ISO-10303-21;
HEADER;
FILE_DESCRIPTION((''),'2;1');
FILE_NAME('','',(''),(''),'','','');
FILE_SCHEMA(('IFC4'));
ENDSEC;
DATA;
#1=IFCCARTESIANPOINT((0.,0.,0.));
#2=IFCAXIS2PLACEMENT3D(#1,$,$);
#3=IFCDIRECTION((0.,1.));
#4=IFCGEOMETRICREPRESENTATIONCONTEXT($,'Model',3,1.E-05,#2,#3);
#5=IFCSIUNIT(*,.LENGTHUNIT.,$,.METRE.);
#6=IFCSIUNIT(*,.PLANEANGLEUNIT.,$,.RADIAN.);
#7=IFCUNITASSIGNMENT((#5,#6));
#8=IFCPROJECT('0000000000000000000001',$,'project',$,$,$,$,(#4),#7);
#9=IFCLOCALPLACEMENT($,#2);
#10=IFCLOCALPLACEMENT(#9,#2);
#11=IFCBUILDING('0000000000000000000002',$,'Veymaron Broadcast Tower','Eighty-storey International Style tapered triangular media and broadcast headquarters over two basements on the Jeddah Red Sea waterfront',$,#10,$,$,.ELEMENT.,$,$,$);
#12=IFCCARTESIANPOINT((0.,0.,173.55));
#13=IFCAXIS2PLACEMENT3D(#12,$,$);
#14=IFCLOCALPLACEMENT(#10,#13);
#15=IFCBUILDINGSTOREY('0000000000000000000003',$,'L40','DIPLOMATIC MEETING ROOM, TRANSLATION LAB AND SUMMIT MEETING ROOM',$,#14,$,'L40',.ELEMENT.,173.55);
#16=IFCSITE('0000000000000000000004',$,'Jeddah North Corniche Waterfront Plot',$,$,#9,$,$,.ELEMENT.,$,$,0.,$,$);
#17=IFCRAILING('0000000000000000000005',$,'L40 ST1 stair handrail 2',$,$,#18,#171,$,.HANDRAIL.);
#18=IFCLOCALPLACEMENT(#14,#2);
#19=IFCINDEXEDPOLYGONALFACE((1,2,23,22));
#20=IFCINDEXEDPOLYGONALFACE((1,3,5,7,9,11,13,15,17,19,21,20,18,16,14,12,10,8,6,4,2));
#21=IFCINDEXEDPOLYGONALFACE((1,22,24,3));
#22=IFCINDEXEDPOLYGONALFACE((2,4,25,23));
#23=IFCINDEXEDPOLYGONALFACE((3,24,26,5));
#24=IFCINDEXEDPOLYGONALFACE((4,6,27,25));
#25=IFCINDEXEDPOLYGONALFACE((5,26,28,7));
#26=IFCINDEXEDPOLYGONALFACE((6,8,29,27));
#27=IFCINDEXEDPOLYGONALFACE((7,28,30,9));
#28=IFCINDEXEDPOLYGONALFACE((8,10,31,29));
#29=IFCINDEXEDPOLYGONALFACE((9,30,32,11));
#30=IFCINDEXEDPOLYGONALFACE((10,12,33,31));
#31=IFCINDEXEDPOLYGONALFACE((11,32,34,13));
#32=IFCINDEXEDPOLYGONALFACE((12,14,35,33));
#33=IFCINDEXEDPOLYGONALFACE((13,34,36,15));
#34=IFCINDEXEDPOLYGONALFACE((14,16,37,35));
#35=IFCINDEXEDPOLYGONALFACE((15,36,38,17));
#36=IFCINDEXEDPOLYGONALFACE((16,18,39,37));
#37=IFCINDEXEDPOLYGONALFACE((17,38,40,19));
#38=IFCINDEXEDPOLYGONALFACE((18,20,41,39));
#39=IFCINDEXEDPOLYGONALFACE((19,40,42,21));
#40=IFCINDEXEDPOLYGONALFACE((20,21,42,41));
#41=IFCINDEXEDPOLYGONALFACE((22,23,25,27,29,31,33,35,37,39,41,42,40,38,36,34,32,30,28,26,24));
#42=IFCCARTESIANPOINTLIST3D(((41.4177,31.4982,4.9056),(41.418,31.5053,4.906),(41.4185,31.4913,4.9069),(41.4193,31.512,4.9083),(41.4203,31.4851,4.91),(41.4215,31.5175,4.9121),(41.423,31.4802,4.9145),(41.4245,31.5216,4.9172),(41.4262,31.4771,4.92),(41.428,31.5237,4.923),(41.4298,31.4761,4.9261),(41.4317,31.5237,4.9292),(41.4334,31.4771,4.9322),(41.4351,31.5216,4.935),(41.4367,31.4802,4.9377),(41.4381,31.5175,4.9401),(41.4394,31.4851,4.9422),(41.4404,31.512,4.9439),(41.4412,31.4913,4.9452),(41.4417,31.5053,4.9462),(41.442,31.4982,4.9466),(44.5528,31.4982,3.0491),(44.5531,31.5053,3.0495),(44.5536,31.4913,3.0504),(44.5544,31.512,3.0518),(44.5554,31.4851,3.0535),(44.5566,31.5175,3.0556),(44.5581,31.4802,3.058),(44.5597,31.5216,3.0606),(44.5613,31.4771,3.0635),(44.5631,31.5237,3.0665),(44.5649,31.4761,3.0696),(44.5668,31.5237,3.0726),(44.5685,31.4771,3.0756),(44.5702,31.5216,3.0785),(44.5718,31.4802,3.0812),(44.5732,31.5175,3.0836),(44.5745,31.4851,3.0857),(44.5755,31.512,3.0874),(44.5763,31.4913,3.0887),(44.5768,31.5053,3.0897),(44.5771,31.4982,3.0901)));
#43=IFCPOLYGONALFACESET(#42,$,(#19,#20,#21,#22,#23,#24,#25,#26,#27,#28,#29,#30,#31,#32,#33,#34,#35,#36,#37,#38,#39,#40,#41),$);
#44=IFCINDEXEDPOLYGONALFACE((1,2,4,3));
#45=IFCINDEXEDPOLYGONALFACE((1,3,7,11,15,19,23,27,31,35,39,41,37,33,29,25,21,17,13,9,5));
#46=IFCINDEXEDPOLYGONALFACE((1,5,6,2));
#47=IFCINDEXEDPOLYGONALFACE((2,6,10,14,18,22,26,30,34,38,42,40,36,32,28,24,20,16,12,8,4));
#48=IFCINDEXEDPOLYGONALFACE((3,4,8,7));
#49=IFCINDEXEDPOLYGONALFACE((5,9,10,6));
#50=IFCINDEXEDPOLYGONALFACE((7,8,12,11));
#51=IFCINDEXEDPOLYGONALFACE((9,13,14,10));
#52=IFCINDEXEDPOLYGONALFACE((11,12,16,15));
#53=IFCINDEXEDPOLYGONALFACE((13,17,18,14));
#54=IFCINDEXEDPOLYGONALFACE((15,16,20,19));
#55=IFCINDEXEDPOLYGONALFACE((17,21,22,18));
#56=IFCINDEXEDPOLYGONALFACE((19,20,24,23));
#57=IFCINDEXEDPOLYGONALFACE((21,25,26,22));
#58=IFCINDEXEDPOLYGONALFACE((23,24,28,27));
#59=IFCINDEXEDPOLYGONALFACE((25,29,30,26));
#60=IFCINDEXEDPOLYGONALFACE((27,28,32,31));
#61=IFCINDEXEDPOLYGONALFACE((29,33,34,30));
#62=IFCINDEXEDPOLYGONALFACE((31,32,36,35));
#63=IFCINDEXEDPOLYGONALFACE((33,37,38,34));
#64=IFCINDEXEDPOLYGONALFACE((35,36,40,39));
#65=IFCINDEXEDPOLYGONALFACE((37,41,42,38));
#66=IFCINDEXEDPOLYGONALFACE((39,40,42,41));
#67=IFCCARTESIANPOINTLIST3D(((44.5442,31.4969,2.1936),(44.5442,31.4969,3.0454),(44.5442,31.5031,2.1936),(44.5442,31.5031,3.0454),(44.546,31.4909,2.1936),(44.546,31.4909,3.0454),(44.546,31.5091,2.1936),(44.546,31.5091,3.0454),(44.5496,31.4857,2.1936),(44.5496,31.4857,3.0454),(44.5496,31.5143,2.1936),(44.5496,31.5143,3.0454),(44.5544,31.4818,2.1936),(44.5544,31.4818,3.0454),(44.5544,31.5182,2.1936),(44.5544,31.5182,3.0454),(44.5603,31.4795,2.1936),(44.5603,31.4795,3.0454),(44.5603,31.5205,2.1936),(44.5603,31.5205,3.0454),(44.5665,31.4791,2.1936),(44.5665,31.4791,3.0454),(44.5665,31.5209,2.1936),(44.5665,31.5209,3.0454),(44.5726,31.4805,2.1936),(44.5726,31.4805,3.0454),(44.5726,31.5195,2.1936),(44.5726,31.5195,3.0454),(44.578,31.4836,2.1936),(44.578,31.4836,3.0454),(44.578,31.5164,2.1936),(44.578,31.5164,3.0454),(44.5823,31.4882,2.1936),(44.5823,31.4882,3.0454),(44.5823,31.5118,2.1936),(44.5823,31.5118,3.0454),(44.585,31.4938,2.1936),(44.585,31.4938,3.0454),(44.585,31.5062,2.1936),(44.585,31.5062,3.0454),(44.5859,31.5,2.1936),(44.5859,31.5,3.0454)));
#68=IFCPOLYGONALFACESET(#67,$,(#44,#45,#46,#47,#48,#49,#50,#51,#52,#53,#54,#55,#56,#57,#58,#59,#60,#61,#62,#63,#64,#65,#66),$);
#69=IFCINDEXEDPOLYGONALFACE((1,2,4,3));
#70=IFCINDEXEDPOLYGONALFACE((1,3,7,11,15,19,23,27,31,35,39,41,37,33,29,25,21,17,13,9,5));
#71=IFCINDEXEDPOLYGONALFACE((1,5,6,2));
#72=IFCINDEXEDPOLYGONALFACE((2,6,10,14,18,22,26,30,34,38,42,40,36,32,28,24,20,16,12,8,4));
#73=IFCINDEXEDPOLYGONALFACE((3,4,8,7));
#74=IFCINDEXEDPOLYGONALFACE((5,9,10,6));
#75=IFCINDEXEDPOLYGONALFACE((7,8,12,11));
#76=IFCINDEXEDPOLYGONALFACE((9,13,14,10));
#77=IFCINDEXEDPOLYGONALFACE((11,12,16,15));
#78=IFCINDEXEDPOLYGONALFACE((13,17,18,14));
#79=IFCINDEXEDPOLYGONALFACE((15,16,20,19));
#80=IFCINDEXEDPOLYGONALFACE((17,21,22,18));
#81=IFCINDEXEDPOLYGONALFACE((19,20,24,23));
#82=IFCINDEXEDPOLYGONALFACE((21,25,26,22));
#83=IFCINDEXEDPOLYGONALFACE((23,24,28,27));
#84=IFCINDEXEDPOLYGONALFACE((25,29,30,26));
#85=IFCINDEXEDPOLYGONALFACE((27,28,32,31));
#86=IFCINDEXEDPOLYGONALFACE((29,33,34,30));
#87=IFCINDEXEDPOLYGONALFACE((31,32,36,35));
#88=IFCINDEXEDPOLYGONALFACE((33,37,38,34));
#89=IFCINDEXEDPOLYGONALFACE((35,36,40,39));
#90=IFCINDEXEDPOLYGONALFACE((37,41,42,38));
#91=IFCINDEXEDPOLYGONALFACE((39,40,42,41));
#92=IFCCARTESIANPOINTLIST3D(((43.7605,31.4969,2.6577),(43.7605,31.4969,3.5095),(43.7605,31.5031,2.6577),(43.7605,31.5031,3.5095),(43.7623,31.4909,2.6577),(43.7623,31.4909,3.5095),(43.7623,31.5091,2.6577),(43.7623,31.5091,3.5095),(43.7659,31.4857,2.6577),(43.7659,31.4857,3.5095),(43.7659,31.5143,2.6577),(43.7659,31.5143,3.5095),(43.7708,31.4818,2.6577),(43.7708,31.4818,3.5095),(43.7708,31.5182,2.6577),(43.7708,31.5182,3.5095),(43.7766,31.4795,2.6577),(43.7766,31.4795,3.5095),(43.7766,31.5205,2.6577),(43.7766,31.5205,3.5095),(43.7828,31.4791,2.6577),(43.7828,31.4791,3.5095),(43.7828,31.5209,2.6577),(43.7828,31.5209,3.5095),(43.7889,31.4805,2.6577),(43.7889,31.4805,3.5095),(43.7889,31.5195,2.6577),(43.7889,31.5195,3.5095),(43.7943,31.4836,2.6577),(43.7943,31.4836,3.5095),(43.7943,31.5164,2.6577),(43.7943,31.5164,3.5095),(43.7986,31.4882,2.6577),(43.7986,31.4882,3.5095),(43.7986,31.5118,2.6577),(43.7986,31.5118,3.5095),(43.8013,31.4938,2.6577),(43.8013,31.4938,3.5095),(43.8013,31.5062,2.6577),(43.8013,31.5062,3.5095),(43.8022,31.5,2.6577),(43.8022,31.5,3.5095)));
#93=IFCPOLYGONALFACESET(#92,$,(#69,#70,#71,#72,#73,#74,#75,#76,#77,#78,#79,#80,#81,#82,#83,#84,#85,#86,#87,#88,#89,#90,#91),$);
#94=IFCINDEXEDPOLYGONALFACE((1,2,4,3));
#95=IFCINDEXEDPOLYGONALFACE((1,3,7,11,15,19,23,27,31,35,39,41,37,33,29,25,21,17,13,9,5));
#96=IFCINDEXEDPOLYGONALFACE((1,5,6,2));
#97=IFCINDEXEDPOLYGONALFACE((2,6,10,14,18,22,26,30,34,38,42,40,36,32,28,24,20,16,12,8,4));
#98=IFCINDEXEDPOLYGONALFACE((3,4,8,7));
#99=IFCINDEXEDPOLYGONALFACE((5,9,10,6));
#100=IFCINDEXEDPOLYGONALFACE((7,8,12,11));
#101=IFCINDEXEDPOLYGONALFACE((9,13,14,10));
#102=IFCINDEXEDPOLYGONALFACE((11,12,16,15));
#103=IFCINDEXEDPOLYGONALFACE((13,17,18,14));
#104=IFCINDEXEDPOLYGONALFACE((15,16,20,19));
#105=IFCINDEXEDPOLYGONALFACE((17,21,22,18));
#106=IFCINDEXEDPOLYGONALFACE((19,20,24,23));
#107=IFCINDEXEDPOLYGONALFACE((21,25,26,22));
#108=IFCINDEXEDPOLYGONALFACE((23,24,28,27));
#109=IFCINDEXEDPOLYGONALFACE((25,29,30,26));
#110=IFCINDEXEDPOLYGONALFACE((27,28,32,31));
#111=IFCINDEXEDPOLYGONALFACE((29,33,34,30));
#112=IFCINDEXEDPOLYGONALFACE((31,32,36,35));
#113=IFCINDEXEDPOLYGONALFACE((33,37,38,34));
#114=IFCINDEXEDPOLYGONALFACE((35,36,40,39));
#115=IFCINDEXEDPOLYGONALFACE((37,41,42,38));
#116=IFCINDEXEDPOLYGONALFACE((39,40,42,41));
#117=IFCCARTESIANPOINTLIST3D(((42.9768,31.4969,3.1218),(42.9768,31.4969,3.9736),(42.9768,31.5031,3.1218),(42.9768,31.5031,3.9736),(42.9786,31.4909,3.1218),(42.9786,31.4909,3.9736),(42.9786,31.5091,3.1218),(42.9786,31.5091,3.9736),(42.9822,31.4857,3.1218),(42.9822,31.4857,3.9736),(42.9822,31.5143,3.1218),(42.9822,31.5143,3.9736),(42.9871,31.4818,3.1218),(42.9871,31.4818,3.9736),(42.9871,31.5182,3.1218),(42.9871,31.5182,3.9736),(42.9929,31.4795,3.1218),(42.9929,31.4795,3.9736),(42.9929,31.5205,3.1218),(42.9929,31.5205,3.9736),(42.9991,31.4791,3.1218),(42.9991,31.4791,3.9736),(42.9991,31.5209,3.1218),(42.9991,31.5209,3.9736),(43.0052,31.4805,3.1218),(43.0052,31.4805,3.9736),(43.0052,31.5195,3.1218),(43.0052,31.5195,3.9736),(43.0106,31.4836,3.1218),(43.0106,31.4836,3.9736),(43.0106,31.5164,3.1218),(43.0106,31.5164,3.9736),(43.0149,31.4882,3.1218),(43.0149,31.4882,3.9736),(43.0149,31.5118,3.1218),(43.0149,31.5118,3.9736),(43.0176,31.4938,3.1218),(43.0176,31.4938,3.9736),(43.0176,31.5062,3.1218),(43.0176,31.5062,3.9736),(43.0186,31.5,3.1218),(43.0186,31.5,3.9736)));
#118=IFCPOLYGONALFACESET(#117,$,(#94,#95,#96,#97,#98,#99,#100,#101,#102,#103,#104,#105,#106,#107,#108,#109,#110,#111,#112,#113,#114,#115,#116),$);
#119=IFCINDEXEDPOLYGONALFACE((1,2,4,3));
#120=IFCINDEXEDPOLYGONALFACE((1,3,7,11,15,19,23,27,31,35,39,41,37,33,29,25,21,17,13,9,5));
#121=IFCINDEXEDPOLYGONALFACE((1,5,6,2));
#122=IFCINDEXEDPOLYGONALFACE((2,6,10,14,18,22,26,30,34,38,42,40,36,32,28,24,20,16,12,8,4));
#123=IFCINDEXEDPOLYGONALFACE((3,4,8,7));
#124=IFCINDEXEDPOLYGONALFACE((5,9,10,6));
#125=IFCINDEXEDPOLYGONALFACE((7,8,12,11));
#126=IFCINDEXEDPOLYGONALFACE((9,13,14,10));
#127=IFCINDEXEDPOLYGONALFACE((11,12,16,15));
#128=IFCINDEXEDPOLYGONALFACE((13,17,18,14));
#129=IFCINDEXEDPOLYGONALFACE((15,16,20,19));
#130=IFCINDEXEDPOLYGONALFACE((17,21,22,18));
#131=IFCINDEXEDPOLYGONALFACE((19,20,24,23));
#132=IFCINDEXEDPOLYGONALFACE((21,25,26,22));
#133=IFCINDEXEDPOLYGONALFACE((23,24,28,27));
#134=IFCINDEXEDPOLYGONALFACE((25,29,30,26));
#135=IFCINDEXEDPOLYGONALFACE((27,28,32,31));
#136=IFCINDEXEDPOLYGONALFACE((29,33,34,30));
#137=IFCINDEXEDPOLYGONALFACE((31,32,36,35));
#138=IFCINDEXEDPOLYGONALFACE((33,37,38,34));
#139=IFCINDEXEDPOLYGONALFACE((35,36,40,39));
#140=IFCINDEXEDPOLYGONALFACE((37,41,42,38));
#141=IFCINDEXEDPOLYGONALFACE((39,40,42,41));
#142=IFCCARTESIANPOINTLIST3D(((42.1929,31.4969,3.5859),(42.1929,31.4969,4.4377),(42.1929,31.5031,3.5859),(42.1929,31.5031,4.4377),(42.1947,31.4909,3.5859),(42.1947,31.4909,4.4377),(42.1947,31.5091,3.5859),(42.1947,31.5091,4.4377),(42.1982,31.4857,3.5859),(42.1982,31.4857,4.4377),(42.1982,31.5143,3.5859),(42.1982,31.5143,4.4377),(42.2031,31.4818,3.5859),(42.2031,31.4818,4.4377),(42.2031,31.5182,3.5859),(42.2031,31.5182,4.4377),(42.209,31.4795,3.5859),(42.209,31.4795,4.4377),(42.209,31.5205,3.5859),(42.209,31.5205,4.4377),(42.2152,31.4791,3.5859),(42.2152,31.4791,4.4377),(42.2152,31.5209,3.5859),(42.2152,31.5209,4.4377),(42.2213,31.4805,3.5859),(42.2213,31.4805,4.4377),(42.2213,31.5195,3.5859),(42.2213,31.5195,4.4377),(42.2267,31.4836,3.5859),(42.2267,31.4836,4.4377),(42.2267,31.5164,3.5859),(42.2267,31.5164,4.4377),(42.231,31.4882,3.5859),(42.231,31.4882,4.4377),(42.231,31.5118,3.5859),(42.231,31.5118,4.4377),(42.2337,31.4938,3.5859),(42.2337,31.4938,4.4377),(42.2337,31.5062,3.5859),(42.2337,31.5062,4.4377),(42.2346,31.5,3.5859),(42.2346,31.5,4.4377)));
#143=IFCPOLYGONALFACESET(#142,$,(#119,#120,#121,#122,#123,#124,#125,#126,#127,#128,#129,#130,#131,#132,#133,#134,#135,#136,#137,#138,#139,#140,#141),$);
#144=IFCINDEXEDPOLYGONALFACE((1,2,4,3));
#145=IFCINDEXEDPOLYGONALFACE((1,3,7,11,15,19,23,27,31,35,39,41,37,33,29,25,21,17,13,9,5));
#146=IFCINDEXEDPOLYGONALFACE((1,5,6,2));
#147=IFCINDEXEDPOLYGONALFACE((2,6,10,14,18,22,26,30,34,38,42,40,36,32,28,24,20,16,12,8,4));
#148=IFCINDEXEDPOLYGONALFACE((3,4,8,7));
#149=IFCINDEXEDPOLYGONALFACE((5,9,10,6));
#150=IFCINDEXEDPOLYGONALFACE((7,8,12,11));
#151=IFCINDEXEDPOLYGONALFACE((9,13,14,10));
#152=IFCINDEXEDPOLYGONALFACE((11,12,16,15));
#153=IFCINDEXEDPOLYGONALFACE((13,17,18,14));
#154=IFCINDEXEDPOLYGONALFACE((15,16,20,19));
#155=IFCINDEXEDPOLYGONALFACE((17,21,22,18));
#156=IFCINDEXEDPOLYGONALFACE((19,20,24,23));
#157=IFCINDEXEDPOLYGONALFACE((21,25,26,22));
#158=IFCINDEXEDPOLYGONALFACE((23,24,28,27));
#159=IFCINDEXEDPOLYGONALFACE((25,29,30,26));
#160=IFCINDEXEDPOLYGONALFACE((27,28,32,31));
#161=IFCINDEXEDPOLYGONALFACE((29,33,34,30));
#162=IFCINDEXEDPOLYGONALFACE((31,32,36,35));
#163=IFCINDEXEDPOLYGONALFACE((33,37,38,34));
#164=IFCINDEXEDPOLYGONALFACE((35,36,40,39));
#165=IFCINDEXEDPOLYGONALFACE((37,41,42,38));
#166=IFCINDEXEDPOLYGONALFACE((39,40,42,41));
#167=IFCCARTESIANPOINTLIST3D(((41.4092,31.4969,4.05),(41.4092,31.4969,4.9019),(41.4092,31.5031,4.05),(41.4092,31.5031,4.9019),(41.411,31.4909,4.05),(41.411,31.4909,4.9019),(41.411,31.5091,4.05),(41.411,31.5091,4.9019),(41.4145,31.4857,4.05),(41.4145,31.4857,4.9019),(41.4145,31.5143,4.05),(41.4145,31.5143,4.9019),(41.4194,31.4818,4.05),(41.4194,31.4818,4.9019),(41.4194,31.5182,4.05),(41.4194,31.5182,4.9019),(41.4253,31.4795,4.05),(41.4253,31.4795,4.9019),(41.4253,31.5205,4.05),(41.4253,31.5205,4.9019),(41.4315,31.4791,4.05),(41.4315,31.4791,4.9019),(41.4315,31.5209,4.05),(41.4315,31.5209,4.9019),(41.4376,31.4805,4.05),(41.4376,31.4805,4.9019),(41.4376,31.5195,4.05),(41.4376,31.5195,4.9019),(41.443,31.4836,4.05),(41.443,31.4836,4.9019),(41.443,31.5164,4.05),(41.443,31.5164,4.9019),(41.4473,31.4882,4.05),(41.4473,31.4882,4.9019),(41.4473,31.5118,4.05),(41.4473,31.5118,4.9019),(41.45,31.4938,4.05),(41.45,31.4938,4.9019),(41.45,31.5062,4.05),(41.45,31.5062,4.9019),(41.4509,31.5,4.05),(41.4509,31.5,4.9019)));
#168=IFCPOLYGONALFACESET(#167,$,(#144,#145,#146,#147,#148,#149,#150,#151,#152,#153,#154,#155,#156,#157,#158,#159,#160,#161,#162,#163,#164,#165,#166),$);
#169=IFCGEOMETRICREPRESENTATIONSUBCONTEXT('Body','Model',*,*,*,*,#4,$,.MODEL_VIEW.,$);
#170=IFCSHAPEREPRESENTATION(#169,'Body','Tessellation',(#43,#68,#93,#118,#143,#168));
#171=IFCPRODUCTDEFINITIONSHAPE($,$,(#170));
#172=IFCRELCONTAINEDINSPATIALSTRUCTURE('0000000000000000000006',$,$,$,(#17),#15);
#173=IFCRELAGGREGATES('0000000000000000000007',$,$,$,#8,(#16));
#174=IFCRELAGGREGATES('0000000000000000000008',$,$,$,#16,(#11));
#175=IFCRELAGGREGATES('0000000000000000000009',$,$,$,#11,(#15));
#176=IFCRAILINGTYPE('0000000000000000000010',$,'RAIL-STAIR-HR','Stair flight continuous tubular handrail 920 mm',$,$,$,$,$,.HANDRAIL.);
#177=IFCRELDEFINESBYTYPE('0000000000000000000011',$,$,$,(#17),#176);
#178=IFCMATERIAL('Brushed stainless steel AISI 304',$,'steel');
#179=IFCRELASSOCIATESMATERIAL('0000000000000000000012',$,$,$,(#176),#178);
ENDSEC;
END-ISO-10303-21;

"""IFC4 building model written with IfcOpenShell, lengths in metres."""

from ifc_helpers import new_model, si_unit, direction, frame, origin, origin_2d, place, context, subcontext, project, spatial, circle, extrude, material, type_object, element, save


model = new_model("IFC4")

# Units and contexts
model_context = context("Model", 3, precision=1e-05, world=origin(), true_north=direction((0.0, 1.0)))
body_context = subcontext(model_context, "Body", "Model", "MODEL_VIEW")
ifc_project = project(units=[si_unit("LENGTHUNIT", "METRE"), si_unit("PLANEANGLEUNIT", "RADIAN")], contexts=[model_context])

# Site, building, storey
site_placement = place(None, origin())
site = spatial("IfcSite", under=ifc_project, at=site_placement, Name="Jeddah North Corniche Waterfront Plot", CompositionType="ELEMENT", RefElevation=0.0)
building_placement = place(site_placement, origin())
building = spatial("IfcBuilding", under=site, at=building_placement, Name="Veymaron Broadcast Tower", Description="Eighty-storey International Style tapered triangular media and broadcast headquarters over two basements on the Jeddah Red Sea waterfront", CompositionType="ELEMENT")
storey_placement = place(building_placement, frame((0.0, 0.0, 173.55)))
storey = spatial("IfcBuildingStorey", under=building, at=storey_placement, Name="L40", Description="DIPLOMATIC MEETING ROOM, TRANSLATION LAB AND SUMMIT MEETING ROOM", LongName="L40", CompositionType="ELEMENT", Elevation=173.55)

# Railing
ifc_material_1 = material(Name="Brushed stainless steel AISI 304", Category="steel")
railing_type_1 = type_object("IfcRailingType", Name="RAIL-STAIR-HR", Description="Stair flight continuous tubular handrail 920 mm", PredefinedType="HANDRAIL", material=ifc_material_1)
railing_1_placement = place(storey_placement, frame((44.5649, 31.5, 2.1936)))
element("IfcRailing", 1, at=railing_1_placement, inside=storey, type_object=railing_type_1, Name="L40 ST1 stair handrail 2", PredefinedType="HANDRAIL", context=body_context, shape_type="SweptSolid", body=[
    extrude(circle(Radius=0.0239, at=origin_2d()), frame((0.0, 0.0, 0.876), z_axis=(-0.860453, 0.0, 0.509531), x_axis=(0.0, -1.0, 0.0)), (0.0, 0.0, 1.0), 3.6436),
    extrude(circle(Radius=0.021, at=origin_2d()), origin(), (0.0, 0.0, 1.0), 0.8518),
    extrude(circle(Radius=0.021, at=origin_2d()), frame((-0.7837, 0.0, 0.4641)), (0.0, 0.0, 1.0), 0.8518),
    extrude(circle(Radius=0.021, at=origin_2d()), frame((-1.5674, 0.0, 0.9282)), (0.0, 0.0, 1.0), 0.8518),
    extrude(circle(Radius=0.021, at=origin_2d()), frame((-2.3513, 0.0, 1.3923)), (0.0, 0.0, 1.0), 0.8518),
    extrude(circle(Radius=0.021, at=origin_2d()), frame((-3.135, 0.0, 1.8564)), (0.0, 0.0, 1.0), 0.8518),
])

save(model, "model.ifc")
